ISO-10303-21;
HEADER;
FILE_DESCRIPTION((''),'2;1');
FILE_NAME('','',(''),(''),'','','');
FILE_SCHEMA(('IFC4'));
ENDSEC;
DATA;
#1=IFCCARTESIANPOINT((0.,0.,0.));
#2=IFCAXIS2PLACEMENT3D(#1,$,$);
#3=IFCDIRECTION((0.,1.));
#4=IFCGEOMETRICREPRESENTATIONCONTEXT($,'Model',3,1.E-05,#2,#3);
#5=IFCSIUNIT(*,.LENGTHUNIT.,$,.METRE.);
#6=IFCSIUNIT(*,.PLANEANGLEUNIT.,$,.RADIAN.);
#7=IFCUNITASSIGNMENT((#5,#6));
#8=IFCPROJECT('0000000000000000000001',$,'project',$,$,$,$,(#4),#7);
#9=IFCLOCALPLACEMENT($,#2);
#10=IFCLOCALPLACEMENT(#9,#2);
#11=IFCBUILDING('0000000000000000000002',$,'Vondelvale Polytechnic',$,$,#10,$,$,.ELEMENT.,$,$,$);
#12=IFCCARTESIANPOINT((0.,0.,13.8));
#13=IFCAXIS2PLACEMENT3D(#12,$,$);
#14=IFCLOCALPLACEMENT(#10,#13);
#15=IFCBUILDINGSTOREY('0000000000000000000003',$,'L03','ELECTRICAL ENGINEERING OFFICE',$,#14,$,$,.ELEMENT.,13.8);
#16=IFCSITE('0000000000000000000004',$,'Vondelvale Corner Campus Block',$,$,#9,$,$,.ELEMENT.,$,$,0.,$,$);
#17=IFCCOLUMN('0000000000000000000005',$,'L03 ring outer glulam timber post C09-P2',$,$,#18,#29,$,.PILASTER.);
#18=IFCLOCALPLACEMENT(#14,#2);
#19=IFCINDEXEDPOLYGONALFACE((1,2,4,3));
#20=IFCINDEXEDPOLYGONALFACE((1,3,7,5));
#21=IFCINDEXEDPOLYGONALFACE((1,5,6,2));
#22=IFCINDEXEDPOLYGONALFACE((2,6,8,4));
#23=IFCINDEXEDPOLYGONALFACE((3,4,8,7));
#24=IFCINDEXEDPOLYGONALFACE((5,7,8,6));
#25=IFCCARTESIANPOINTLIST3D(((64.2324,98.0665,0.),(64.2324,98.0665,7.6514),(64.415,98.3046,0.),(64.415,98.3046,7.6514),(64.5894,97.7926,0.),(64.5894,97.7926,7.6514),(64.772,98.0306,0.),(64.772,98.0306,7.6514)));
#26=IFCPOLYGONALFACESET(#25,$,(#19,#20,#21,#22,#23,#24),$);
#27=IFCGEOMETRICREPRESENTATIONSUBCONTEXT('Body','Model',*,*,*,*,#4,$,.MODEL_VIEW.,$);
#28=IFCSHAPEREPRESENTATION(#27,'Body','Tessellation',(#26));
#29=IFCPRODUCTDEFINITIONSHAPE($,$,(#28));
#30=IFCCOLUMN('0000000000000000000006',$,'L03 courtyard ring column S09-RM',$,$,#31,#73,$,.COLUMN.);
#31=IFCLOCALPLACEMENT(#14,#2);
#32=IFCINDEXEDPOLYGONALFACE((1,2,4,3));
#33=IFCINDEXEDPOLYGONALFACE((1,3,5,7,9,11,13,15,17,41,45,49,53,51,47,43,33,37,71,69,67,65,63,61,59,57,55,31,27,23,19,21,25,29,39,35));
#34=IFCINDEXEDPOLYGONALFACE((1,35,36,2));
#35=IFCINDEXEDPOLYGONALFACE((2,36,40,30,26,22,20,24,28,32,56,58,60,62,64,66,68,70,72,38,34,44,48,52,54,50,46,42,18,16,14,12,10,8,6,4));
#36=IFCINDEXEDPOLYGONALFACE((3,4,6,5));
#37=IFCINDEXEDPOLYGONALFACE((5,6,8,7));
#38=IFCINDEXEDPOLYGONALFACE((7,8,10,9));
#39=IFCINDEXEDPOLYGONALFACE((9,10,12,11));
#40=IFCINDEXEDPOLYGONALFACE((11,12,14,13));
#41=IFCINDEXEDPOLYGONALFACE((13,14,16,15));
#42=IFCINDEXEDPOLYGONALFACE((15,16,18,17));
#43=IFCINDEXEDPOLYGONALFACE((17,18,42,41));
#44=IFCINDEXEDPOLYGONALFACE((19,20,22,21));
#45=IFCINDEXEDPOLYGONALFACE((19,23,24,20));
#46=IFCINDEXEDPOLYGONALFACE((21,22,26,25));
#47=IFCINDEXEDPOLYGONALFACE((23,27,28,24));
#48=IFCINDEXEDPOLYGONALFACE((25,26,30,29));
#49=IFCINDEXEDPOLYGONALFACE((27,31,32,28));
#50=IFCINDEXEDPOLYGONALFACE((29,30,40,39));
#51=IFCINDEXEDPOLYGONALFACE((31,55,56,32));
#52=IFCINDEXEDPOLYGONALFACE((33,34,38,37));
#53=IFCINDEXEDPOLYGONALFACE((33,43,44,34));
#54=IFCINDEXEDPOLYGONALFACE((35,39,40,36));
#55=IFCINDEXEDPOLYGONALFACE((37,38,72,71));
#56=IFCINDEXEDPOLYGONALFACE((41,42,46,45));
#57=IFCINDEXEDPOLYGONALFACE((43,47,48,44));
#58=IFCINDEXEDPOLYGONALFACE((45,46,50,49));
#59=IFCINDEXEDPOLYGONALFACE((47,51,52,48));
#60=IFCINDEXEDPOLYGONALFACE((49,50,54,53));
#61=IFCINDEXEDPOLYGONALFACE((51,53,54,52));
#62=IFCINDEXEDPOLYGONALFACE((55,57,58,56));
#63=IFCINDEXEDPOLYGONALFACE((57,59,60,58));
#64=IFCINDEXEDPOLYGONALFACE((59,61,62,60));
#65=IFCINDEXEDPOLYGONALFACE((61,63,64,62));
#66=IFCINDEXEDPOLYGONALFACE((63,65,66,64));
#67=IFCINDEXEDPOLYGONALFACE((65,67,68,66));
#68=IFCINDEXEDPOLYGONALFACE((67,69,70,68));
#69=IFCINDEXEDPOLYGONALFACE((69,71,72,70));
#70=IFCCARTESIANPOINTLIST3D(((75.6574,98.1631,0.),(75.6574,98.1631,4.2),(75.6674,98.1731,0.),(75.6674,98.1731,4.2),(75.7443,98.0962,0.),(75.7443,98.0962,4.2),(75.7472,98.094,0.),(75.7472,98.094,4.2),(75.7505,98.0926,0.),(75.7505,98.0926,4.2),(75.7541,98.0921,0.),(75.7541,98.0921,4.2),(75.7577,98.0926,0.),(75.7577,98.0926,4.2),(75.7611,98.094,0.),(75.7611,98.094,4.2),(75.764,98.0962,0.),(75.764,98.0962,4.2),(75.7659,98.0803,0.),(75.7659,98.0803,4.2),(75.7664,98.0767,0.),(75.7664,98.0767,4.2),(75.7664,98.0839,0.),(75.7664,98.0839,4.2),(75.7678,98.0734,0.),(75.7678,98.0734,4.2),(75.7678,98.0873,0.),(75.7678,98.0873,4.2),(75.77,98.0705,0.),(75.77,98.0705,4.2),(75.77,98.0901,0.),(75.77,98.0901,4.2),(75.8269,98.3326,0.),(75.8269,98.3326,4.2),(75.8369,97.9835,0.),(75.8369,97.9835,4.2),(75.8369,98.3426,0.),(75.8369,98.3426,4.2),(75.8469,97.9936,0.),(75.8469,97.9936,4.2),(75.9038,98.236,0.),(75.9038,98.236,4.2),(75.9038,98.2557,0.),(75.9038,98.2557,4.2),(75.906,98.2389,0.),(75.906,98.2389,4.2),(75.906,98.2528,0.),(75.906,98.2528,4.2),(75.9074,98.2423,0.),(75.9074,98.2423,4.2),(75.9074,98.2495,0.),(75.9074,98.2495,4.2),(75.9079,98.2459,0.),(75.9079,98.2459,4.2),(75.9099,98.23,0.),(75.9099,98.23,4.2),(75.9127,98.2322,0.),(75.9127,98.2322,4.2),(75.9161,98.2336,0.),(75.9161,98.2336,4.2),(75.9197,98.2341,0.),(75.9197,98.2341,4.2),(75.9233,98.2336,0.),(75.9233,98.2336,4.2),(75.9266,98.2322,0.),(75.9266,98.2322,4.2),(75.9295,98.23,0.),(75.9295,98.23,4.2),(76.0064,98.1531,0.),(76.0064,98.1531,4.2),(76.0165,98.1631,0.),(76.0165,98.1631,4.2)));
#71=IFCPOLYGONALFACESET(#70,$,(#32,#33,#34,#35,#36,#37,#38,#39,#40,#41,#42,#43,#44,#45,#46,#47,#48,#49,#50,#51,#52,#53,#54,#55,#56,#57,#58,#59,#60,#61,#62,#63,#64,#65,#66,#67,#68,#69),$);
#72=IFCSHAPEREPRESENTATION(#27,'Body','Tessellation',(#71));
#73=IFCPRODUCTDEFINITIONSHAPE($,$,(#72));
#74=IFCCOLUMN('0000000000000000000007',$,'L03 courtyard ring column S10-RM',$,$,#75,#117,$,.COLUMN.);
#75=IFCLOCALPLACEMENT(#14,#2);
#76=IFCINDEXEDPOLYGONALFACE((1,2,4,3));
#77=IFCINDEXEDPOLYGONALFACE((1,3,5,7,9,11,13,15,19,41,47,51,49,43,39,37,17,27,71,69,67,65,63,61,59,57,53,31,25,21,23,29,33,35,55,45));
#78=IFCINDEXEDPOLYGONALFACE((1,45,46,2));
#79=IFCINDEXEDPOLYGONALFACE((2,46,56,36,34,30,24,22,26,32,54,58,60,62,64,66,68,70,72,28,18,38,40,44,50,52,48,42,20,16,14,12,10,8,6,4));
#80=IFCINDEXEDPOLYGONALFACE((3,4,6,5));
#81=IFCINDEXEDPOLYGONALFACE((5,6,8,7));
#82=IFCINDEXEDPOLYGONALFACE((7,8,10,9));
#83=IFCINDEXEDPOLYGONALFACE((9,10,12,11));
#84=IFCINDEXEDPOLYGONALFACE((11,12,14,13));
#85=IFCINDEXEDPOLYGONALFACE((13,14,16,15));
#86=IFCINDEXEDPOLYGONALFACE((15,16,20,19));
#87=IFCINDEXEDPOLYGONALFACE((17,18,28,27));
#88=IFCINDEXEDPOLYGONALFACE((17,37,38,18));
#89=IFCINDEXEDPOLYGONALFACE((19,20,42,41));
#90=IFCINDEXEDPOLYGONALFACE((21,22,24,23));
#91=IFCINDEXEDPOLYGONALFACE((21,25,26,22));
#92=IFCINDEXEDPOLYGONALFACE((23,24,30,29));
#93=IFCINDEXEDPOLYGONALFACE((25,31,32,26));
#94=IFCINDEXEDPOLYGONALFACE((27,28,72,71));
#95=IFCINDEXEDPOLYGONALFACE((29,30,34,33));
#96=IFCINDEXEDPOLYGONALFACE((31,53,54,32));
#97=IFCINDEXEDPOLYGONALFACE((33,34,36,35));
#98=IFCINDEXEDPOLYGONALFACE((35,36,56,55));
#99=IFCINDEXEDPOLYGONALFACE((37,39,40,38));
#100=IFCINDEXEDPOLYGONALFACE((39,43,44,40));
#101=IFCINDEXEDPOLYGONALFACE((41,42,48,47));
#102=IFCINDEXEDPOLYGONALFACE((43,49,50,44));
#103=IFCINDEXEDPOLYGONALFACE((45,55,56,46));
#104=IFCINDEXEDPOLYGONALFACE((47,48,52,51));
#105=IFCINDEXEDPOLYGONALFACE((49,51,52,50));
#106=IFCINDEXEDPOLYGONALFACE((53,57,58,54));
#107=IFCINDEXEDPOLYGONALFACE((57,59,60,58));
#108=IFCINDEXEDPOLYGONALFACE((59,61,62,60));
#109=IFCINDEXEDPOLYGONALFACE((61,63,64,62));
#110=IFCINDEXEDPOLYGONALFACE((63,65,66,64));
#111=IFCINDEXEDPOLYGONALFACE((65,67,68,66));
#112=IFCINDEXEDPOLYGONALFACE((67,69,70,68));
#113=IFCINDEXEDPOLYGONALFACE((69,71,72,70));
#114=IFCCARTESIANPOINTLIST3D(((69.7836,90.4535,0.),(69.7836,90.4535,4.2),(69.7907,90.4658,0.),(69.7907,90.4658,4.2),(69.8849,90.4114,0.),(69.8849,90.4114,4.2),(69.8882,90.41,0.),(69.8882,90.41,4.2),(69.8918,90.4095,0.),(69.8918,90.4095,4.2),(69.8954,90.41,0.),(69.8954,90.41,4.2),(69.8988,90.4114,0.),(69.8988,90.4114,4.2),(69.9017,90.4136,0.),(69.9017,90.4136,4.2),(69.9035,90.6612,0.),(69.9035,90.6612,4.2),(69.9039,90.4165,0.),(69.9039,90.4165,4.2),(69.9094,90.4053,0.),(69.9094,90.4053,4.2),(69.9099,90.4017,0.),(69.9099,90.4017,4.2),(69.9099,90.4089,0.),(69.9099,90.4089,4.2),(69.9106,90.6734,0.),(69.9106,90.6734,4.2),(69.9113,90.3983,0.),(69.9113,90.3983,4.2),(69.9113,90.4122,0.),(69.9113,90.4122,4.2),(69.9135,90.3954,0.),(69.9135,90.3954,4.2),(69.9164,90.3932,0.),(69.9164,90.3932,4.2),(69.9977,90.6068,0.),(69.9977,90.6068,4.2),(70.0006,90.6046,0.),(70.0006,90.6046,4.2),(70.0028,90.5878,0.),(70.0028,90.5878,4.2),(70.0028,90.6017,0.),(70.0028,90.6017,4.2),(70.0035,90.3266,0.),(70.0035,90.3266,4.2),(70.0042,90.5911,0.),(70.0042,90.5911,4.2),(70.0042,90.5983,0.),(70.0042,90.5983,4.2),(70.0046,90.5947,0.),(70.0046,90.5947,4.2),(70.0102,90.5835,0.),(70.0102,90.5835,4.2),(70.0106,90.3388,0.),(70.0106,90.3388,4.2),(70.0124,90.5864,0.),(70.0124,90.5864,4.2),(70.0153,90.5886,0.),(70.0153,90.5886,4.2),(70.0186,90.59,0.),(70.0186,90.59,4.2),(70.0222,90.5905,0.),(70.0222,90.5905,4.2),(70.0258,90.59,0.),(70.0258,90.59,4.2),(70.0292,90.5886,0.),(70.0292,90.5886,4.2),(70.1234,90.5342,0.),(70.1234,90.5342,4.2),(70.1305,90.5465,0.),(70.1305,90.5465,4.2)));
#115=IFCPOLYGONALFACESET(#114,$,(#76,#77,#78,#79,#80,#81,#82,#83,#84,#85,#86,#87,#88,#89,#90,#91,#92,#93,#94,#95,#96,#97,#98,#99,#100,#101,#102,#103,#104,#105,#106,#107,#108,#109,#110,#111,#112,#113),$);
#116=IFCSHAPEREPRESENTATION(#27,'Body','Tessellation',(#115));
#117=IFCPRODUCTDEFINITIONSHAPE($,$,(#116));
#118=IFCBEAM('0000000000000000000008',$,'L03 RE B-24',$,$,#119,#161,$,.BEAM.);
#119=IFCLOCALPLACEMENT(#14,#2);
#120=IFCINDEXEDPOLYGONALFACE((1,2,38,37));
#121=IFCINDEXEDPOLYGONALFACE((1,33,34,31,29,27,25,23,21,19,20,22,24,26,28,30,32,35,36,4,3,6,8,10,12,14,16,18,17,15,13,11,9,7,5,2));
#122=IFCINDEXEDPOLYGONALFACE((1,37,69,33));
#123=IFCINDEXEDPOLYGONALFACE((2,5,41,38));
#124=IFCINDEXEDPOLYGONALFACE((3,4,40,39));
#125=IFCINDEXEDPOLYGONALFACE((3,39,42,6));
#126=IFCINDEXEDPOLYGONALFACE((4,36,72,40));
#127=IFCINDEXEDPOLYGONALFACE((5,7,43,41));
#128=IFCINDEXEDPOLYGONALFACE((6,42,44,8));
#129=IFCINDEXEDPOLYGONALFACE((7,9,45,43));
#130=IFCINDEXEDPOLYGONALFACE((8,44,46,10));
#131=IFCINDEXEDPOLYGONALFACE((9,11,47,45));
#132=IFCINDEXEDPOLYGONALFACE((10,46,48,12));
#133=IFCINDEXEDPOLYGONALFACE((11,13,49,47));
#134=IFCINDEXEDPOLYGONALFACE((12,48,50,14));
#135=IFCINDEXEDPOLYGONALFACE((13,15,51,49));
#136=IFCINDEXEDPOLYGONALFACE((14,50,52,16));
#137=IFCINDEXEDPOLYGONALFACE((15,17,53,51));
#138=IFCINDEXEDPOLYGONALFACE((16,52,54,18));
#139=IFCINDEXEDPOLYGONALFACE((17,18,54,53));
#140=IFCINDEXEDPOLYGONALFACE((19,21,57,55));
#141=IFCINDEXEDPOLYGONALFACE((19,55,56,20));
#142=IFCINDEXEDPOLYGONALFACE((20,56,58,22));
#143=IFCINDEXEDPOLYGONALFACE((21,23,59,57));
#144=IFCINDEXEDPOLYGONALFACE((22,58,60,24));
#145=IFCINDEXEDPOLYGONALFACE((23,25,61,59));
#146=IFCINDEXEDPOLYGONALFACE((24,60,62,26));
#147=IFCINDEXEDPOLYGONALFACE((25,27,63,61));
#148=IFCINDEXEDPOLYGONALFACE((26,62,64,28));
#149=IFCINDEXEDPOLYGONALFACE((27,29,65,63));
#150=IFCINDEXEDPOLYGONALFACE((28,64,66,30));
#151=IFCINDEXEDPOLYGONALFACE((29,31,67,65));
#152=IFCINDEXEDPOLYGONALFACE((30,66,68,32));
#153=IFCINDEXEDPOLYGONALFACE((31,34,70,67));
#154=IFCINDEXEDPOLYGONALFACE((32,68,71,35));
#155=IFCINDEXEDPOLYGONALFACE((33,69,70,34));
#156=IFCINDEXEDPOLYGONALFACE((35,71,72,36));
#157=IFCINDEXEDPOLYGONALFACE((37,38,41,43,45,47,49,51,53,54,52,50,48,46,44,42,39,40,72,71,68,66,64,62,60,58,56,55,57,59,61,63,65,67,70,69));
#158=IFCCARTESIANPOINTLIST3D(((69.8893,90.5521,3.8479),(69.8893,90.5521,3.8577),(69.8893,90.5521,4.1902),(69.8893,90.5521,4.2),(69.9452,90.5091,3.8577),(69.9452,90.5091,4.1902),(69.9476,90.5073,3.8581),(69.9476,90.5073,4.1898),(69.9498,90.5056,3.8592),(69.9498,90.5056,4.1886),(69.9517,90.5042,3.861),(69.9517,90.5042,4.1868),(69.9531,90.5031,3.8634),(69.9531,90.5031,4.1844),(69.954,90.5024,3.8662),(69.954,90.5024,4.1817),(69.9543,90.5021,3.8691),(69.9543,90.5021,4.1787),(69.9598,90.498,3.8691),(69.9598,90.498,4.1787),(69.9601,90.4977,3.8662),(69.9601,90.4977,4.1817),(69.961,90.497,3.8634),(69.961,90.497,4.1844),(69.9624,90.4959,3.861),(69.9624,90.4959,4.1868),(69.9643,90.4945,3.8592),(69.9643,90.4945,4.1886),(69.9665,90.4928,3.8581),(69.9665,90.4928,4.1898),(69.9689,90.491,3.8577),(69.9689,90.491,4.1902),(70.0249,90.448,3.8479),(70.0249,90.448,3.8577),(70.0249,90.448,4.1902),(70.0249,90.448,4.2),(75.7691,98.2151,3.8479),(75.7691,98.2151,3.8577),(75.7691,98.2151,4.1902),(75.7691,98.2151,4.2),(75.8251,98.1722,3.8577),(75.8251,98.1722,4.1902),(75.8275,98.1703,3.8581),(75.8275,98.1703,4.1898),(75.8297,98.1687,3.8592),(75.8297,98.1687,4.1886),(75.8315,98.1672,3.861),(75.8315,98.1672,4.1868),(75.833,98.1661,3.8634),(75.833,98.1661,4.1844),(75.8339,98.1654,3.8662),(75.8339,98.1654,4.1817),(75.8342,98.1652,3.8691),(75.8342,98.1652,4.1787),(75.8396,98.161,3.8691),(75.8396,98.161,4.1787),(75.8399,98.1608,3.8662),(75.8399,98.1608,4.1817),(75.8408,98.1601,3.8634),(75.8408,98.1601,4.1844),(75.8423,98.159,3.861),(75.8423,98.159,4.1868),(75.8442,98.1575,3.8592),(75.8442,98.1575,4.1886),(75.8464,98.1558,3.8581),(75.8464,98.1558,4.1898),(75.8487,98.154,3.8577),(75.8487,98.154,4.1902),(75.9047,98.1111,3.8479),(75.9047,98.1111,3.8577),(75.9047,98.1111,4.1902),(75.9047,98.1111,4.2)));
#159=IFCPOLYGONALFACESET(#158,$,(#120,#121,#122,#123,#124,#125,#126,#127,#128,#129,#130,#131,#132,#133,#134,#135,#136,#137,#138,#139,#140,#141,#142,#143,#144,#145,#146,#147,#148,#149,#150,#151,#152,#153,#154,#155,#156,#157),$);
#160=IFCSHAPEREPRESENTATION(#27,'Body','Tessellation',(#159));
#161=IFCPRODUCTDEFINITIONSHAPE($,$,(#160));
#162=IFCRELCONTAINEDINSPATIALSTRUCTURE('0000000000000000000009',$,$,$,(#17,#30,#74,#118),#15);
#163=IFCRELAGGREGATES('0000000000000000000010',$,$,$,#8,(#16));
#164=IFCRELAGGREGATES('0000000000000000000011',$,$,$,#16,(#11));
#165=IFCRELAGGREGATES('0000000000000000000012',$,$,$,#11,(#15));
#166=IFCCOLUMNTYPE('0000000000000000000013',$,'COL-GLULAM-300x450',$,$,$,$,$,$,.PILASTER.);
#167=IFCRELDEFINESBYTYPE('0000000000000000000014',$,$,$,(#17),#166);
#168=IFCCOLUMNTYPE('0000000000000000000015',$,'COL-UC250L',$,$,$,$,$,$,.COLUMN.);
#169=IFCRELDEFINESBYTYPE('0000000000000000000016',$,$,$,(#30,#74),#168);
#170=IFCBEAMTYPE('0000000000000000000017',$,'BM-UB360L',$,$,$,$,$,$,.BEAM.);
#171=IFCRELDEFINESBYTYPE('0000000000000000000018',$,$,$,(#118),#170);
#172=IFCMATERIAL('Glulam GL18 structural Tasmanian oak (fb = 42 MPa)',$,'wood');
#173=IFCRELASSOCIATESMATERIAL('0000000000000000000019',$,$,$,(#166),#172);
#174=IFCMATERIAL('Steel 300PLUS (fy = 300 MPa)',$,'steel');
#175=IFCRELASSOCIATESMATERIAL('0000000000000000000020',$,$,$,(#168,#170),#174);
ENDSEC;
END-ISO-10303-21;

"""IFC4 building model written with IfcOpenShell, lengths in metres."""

from ifc_helpers import new_model, si_unit, direction, frame, origin, origin_2d, place, context, subcontext, project, spatial, rectangle, i_section, extrude, material, material_profile, profile_set, type_object, element, save


model = new_model("IFC4")

# Units and contexts
model_context = context("Model", 3, precision=1e-05, world=origin(), true_north=direction((0.0, 1.0)))
body_context = subcontext(model_context, "Body", "Model", "MODEL_VIEW")
ifc_project = project(units=[si_unit("LENGTHUNIT", "METRE"), si_unit("PLANEANGLEUNIT", "RADIAN")], contexts=[model_context])

# Site, building, storey
site_placement = place(None, origin())
site = spatial("IfcSite", under=ifc_project, at=site_placement, Name="Vondelvale Corner Campus Block", CompositionType="ELEMENT", RefElevation=0.0)
building_placement = place(site_placement, origin())
building = spatial("IfcBuilding", under=site, at=building_placement, Name="Vondelvale Polytechnic", CompositionType="ELEMENT")
storey_placement = place(building_placement, frame((0.0, 0.0, 13.8)))
storey = spatial("IfcBuildingStorey", under=building, at=storey_placement, Name="L03", Description="ELECTRICAL ENGINEERING OFFICE", CompositionType="ELEMENT", Elevation=13.8)

# Columns
ifc_material_1 = material(Name="Glulam GL18 structural Tasmanian oak (fb = 42 MPa)", Category="wood")
ifc_material_profile_1 = material_profile(ifc_material_1, rectangle(XDim=0.3, YDim=0.45, at=origin_2d()), Name="GL-POST-300x450")
ifc_profile_set_1 = profile_set([ifc_material_profile_1], Name="Glulam GL18 structural Tasmanian oak (fb = 42 MPa)")
column_type_1 = type_object("IfcColumnType", Name="COL-GLULAM-300x450", PredefinedType="PILASTER", material=ifc_profile_set_1)
column_placement = place(storey_placement, frame((64.5022, 98.0486, 0.0), z_axis=(0.0, 0.0, 1.0), x_axis=(0.608761, 0.793353, 0.0)))
element("IfcColumn", 1, at=column_placement, inside=storey, type_object=column_type_1, Name="L03 ring outer glulam timber post C09-P2", PredefinedType="PILASTER", context=body_context, shape_type="SweptSolid", body=[
    extrude(rectangle(XDim=0.3, YDim=0.45, at=origin_2d()), origin(), (0.0, 0.0, 1.0), 7.6514),
])
ifc_material_2 = material(Name="Steel 300PLUS (fy = 300 MPa)", Category="steel")
ifc_material_profile_2 = material_profile(ifc_material_2, i_section(OverallWidth=0.2539, OverallDepth=0.2539, WebThickness=0.0085, FlangeThickness=0.0142, FilletRadius=0.0139, at=origin_2d()), Name="250UC72.9")
ifc_profile_set_2 = profile_set([ifc_material_profile_2], Name="Steel 300PLUS (fy = 300 MPa)")
column_type_2 = type_object("IfcColumnType", Name="COL-UC250L", PredefinedType="COLUMN", material=ifc_profile_set_2)
for number, where, z_axis, x_axis, name in (
    (2, (75.8369, 98.1631, 0.0), (0.0, 0.0, 1.0), (-0.707107, 0.707107, 0.0), "L03 courtyard ring column S09-RM"),
    (3, (69.957, 90.5, 0.0), (0.0, 0.0, 1.0), (-0.866025, 0.5, 0.0), "L03 courtyard ring column S10-RM"),
):
    element("IfcColumn", number, at=place(storey_placement, frame(where, z_axis=z_axis, x_axis=x_axis)), inside=storey, type_object=column_type_2, Name=name, PredefinedType="COLUMN", context=body_context, shape_type="SweptSolid", body=[
        extrude(i_section(OverallWidth=0.2539, OverallDepth=0.2539, WebThickness=0.0085, FlangeThickness=0.0142, FilletRadius=0.0139, at=origin_2d()), origin(), (0.0, 0.0, 1.0), 4.2),
    ])

# Beam
ifc_material_profile_3 = material_profile(ifc_material_2, i_section(OverallWidth=0.1709, OverallDepth=0.3521, WebThickness=0.0068, FlangeThickness=0.0098, FilletRadius=0.0115, at=origin_2d()), Name="360UB44.7")
ifc_profile_set_3 = profile_set([ifc_material_profile_3], Name="Steel 300PLUS (fy = 300 MPa)")
beam_type_1 = type_object("IfcBeamType", Name="BM-UB360L", PredefinedType="BEAM", material=ifc_profile_set_3)
for number, where, z_axis, x_axis, name in (
    (4, (75.8369, 98.1631, 4.0239), (-0.608748, -0.793364, 0.0), (0.793364, -0.608748, 0.0), "L03 RE B-24"),
):
    element("IfcBeam", number, at=place(storey_placement, frame(where, z_axis=z_axis, x_axis=x_axis)), inside=storey, type_object=beam_type_1, Name=name, PredefinedType="BEAM", context=body_context, shape_type="SweptSolid", body=[
        extrude(i_section(OverallWidth=0.1709, OverallDepth=0.3521, WebThickness=0.0068, FlangeThickness=0.0098, FilletRadius=0.0115, at=origin_2d()), origin(), (0.0, 0.0, 1.0), 9.6589),
    ])

save(model, "model.ifc")
